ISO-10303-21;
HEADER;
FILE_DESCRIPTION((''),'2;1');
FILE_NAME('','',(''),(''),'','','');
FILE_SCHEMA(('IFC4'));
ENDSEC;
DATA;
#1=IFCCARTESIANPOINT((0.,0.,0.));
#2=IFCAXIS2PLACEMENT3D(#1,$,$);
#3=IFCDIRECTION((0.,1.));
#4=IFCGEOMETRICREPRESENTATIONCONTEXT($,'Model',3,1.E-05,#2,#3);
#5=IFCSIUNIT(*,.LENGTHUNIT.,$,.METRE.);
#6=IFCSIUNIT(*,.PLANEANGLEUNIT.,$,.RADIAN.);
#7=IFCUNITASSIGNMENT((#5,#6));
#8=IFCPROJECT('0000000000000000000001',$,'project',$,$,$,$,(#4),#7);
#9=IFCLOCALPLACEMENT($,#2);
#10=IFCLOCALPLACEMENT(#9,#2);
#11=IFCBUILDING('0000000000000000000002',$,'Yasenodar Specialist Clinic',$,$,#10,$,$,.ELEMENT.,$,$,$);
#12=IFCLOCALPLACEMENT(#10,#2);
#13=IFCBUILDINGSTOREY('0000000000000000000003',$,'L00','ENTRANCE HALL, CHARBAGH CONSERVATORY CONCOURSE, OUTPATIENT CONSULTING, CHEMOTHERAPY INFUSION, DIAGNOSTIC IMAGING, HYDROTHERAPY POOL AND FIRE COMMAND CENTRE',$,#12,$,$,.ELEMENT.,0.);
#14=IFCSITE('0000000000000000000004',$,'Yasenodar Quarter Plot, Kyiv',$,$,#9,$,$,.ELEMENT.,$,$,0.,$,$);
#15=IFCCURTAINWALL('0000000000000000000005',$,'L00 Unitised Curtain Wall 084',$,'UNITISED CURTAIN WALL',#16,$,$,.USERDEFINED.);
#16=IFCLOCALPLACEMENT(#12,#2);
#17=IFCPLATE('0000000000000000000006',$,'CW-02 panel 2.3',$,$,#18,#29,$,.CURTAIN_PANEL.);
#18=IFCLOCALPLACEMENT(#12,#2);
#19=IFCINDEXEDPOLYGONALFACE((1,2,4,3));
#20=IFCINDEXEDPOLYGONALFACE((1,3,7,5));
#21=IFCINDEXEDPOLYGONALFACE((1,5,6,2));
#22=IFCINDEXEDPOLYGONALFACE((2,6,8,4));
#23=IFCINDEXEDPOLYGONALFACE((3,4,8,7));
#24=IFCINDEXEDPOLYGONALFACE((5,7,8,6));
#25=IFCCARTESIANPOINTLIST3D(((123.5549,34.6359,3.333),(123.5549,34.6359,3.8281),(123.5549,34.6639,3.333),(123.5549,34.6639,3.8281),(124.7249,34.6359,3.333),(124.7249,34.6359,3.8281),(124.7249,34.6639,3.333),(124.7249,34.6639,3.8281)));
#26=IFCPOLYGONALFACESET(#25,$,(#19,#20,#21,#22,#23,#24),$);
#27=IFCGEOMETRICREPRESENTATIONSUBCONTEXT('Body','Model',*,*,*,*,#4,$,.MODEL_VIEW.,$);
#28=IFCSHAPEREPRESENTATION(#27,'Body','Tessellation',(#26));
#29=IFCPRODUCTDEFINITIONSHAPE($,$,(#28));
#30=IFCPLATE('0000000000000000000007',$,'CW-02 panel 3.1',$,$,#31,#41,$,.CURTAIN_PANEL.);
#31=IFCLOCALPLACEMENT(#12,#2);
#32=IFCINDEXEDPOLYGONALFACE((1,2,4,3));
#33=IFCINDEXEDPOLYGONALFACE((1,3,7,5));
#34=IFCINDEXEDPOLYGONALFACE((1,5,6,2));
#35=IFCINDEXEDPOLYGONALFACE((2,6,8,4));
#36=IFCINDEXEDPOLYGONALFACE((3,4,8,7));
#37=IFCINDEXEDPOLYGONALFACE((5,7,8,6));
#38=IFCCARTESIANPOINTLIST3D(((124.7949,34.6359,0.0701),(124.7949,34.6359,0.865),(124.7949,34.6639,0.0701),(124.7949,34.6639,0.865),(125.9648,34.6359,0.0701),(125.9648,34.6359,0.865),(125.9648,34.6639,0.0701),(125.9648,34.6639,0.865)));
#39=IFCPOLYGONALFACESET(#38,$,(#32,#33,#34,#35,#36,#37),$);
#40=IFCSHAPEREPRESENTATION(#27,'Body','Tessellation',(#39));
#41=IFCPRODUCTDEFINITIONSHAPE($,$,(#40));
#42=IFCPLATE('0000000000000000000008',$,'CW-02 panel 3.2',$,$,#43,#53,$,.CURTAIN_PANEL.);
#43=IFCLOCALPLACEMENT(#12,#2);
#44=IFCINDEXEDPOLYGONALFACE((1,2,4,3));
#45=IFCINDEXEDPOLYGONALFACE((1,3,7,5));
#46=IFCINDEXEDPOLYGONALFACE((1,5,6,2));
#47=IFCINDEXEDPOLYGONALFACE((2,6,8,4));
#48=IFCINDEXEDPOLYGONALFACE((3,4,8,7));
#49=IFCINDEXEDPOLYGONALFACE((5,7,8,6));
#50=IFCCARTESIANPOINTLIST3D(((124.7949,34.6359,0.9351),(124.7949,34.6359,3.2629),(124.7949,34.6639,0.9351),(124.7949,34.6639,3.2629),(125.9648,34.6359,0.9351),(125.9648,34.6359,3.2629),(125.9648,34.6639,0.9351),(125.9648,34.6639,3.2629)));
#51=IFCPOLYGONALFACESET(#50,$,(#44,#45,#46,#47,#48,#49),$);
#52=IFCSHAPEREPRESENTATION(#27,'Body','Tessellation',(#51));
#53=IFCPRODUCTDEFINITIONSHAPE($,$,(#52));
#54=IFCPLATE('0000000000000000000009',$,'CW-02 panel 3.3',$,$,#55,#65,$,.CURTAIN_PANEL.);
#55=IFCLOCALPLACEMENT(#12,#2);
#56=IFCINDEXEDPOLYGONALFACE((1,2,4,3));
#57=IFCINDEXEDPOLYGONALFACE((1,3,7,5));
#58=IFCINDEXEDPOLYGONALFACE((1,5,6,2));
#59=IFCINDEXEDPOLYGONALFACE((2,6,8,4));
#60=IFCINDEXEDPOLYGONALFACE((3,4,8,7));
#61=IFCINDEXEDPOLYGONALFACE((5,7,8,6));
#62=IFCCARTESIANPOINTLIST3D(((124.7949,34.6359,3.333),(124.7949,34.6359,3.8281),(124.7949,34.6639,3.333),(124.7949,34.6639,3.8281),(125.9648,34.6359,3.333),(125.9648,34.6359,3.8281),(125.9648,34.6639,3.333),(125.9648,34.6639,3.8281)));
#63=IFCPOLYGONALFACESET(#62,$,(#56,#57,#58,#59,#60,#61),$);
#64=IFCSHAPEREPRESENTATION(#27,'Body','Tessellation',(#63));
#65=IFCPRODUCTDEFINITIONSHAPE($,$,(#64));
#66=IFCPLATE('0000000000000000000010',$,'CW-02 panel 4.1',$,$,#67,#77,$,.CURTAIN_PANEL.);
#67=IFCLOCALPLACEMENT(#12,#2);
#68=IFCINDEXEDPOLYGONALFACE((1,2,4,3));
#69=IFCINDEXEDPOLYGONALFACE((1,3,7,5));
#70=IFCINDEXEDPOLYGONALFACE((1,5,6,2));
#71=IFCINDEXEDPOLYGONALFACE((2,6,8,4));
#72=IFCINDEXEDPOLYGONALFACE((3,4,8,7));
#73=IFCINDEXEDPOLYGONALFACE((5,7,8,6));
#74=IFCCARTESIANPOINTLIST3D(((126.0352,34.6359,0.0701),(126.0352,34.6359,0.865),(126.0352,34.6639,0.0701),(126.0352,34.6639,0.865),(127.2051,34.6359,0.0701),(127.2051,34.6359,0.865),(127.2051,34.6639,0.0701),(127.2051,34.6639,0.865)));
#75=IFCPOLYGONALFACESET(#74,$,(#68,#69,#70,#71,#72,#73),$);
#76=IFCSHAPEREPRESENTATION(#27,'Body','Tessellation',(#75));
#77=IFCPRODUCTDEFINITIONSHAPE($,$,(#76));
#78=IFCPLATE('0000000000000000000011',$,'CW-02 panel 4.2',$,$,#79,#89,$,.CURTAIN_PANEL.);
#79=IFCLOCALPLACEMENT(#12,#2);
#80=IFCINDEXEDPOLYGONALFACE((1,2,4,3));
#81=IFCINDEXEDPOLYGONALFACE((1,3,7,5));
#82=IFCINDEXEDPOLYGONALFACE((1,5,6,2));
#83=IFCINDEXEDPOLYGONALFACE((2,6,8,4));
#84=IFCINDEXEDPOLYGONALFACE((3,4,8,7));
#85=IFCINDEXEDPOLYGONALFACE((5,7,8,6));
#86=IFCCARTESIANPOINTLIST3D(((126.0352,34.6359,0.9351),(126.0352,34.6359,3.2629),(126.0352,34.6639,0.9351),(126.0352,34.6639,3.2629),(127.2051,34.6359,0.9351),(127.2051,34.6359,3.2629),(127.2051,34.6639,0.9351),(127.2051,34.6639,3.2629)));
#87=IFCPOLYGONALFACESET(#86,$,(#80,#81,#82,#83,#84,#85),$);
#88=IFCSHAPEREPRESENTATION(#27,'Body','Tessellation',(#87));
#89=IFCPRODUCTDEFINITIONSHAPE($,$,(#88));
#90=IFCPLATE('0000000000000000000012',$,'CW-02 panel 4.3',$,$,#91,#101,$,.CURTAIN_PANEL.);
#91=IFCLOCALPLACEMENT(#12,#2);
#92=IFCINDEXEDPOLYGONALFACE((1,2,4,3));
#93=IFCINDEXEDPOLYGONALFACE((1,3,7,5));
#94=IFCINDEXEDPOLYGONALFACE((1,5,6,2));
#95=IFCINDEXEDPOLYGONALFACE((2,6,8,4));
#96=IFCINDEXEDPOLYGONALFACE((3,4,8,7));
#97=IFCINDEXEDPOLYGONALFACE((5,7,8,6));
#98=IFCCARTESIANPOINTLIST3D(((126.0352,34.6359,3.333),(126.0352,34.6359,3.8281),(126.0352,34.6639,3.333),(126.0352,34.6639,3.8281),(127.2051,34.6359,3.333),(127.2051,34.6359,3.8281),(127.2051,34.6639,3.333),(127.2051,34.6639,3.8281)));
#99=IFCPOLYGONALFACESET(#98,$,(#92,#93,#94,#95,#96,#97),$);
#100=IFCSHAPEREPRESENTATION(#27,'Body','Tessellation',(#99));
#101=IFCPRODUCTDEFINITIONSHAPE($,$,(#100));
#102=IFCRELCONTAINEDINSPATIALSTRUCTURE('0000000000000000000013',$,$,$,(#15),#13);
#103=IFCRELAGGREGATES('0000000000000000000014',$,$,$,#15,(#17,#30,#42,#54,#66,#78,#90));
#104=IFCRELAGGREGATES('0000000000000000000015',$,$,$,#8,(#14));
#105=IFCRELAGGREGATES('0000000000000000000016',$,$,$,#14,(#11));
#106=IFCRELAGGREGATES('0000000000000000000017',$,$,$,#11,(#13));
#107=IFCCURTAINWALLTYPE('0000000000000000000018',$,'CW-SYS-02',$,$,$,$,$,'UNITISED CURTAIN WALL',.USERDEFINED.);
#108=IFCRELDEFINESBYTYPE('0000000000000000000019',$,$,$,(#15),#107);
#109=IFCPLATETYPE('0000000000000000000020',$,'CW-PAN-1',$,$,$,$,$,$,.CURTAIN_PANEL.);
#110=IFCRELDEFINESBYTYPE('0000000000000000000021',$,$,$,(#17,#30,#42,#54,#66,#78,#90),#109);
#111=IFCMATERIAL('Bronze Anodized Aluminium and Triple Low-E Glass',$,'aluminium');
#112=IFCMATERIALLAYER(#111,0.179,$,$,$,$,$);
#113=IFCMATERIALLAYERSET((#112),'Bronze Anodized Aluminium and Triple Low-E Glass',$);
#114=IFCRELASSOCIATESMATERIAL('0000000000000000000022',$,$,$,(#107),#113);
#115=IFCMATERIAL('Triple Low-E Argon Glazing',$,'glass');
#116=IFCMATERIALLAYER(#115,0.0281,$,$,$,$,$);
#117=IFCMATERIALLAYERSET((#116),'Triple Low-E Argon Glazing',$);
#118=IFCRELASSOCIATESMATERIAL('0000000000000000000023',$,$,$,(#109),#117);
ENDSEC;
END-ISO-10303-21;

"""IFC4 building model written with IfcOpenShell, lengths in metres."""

from ifc_helpers import new_model, si_unit, direction, frame, origin, origin_2d, place, context, subcontext, project, spatial, rectangle, extrude, material, layer, layer_set, type_object, element, aggregate, save


model = new_model("IFC4")

# Units and contexts
model_context = context("Model", 3, precision=1e-05, world=origin(), true_north=direction((0.0, 1.0)))
body_context = subcontext(model_context, "Body", "Model", "MODEL_VIEW")
ifc_project = project(units=[si_unit("LENGTHUNIT", "METRE"), si_unit("PLANEANGLEUNIT", "RADIAN")], contexts=[model_context])

# Site, building, storey
site_placement = place(None, origin())
site = spatial("IfcSite", under=ifc_project, at=site_placement, Name="Yasenodar Quarter Plot, Kyiv", CompositionType="ELEMENT", RefElevation=0.0)
building_placement = place(site_placement, origin())
building = spatial("IfcBuilding", under=site, at=building_placement, Name="Yasenodar Specialist Clinic", CompositionType="ELEMENT")
storey_placement = place(building_placement, origin())
storey = spatial("IfcBuildingStorey", under=building, at=storey_placement, Name="L00", Description="ENTRANCE HALL, CHARBAGH CONSERVATORY CONCOURSE, OUTPATIENT CONSULTING, CHEMOTHERAPY INFUSION, DIAGNOSTIC IMAGING, HYDROTHERAPY POOL AND FIRE COMMAND CENTRE", CompositionType="ELEMENT", Elevation=0.0)

# Curtain wall, plates
ifc_material_1 = material(Name="Bronze Anodized Aluminium and Triple Low-E Glass", Category="aluminium")
ifc_layer_1 = layer(ifc_material_1, 0.179)
ifc_layer_set_1 = layer_set([ifc_layer_1], Name="Bronze Anodized Aluminium and Triple Low-E Glass")
curtain_wall_type = type_object("IfcCurtainWallType", Name="CW-SYS-02", ElementType="UNITISED CURTAIN WALL", PredefinedType="USERDEFINED", material=ifc_layer_set_1)
curtain_wall_placement = place(storey_placement, origin())
curtain_wall = element("IfcCurtainWall", 1, at=curtain_wall_placement, inside=storey, type_object=curtain_wall_type, Name="L00 Unitised Curtain Wall 084", ObjectType="UNITISED CURTAIN WALL", PredefinedType="USERDEFINED")
ifc_material_2 = material(Name="Triple Low-E Argon Glazing", Category="glass")
ifc_layer_2 = layer(ifc_material_2, 0.0281)
ifc_layer_set_2 = layer_set([ifc_layer_2], Name="Triple Low-E Argon Glazing")
plate_type = type_object("IfcPlateType", Name="CW-PAN-1", PredefinedType="CURTAIN_PANEL", material=ifc_layer_set_2)
plate_1_placement = place(storey_placement, frame((124.1399, 34.6499, 3.333), z_axis=(0.0, 0.0, 1.0), x_axis=(1.0, 0.0, 0.0)))
plate_1 = element("IfcPlate", 2, at=plate_1_placement, type_object=plate_type, Name="CW-02 panel 2.3", PredefinedType="CURTAIN_PANEL", context=body_context, shape_type="SweptSolid", body=[
    extrude(rectangle(XDim=1.1699, YDim=0.0281, at=origin_2d()), origin(), (0.0, 0.0, 1.0), 0.4951),
])
plate_2_placement = place(storey_placement, frame((125.3799, 34.6499, 0.0701), z_axis=(0.0, 0.0, 1.0), x_axis=(1.0, 0.0, 0.0)))
plate_2 = element("IfcPlate", 3, at=plate_2_placement, type_object=plate_type, Name="CW-02 panel 3.1", PredefinedType="CURTAIN_PANEL", context=body_context, shape_type="SweptSolid", body=[
    extrude(rectangle(XDim=1.1699, YDim=0.0281, at=origin_2d()), origin(), (0.0, 0.0, 1.0), 0.7949),
])
plate_3_placement = place(storey_placement, frame((125.3799, 34.6499, 0.9351), z_axis=(0.0, 0.0, 1.0), x_axis=(1.0, 0.0, 0.0)))
plate_3 = element("IfcPlate", 4, at=plate_3_placement, type_object=plate_type, Name="CW-02 panel 3.2", PredefinedType="CURTAIN_PANEL", context=body_context, shape_type="SweptSolid", body=[
    extrude(rectangle(XDim=1.1699, YDim=0.0281, at=origin_2d()), origin(), (0.0, 0.0, 1.0), 2.3279),
])
plate_4_placement = place(storey_placement, frame((125.3799, 34.6499, 3.333), z_axis=(0.0, 0.0, 1.0), x_axis=(1.0, 0.0, 0.0)))
plate_4 = element("IfcPlate", 5, at=plate_4_placement, type_object=plate_type, Name="CW-02 panel 3.3", PredefinedType="CURTAIN_PANEL", context=body_context, shape_type="SweptSolid", body=[
    extrude(rectangle(XDim=1.1699, YDim=0.0281, at=origin_2d()), origin(), (0.0, 0.0, 1.0), 0.4951),
])
plate_5_placement = place(storey_placement, frame((126.6201, 34.6499, 0.0701), z_axis=(0.0, 0.0, 1.0), x_axis=(1.0, 0.0, 0.0)))
plate_5 = element("IfcPlate", 6, at=plate_5_placement, type_object=plate_type, Name="CW-02 panel 4.1", PredefinedType="CURTAIN_PANEL", context=body_context, shape_type="SweptSolid", body=[
    extrude(rectangle(XDim=1.1699, YDim=0.0281, at=origin_2d()), origin(), (0.0, 0.0, 1.0), 0.7949),
])
plate_6_placement = place(storey_placement, frame((126.6201, 34.6499, 0.9351), z_axis=(0.0, 0.0, 1.0), x_axis=(1.0, 0.0, 0.0)))
plate_6 = element("IfcPlate", 7, at=plate_6_placement, type_object=plate_type, Name="CW-02 panel 4.2", PredefinedType="CURTAIN_PANEL", context=body_context, shape_type="SweptSolid", body=[
    extrude(rectangle(XDim=1.1699, YDim=0.0281, at=origin_2d()), origin(), (0.0, 0.0, 1.0), 2.3279),
])
plate_7_placement = place(storey_placement, frame((126.6201, 34.6499, 3.333), z_axis=(0.0, 0.0, 1.0), x_axis=(1.0, 0.0, 0.0)))
plate_7 = element("IfcPlate", 8, at=plate_7_placement, type_object=plate_type, Name="CW-02 panel 4.3", PredefinedType="CURTAIN_PANEL", context=body_context, shape_type="SweptSolid", body=[
    extrude(rectangle(XDim=1.1699, YDim=0.0281, at=origin_2d()), origin(), (0.0, 0.0, 1.0), 0.4951),
])
aggregate(curtain_wall, [plate_1, plate_2, plate_3, plate_4, plate_5, plate_6, plate_7])

save(model, "model.ifc")
